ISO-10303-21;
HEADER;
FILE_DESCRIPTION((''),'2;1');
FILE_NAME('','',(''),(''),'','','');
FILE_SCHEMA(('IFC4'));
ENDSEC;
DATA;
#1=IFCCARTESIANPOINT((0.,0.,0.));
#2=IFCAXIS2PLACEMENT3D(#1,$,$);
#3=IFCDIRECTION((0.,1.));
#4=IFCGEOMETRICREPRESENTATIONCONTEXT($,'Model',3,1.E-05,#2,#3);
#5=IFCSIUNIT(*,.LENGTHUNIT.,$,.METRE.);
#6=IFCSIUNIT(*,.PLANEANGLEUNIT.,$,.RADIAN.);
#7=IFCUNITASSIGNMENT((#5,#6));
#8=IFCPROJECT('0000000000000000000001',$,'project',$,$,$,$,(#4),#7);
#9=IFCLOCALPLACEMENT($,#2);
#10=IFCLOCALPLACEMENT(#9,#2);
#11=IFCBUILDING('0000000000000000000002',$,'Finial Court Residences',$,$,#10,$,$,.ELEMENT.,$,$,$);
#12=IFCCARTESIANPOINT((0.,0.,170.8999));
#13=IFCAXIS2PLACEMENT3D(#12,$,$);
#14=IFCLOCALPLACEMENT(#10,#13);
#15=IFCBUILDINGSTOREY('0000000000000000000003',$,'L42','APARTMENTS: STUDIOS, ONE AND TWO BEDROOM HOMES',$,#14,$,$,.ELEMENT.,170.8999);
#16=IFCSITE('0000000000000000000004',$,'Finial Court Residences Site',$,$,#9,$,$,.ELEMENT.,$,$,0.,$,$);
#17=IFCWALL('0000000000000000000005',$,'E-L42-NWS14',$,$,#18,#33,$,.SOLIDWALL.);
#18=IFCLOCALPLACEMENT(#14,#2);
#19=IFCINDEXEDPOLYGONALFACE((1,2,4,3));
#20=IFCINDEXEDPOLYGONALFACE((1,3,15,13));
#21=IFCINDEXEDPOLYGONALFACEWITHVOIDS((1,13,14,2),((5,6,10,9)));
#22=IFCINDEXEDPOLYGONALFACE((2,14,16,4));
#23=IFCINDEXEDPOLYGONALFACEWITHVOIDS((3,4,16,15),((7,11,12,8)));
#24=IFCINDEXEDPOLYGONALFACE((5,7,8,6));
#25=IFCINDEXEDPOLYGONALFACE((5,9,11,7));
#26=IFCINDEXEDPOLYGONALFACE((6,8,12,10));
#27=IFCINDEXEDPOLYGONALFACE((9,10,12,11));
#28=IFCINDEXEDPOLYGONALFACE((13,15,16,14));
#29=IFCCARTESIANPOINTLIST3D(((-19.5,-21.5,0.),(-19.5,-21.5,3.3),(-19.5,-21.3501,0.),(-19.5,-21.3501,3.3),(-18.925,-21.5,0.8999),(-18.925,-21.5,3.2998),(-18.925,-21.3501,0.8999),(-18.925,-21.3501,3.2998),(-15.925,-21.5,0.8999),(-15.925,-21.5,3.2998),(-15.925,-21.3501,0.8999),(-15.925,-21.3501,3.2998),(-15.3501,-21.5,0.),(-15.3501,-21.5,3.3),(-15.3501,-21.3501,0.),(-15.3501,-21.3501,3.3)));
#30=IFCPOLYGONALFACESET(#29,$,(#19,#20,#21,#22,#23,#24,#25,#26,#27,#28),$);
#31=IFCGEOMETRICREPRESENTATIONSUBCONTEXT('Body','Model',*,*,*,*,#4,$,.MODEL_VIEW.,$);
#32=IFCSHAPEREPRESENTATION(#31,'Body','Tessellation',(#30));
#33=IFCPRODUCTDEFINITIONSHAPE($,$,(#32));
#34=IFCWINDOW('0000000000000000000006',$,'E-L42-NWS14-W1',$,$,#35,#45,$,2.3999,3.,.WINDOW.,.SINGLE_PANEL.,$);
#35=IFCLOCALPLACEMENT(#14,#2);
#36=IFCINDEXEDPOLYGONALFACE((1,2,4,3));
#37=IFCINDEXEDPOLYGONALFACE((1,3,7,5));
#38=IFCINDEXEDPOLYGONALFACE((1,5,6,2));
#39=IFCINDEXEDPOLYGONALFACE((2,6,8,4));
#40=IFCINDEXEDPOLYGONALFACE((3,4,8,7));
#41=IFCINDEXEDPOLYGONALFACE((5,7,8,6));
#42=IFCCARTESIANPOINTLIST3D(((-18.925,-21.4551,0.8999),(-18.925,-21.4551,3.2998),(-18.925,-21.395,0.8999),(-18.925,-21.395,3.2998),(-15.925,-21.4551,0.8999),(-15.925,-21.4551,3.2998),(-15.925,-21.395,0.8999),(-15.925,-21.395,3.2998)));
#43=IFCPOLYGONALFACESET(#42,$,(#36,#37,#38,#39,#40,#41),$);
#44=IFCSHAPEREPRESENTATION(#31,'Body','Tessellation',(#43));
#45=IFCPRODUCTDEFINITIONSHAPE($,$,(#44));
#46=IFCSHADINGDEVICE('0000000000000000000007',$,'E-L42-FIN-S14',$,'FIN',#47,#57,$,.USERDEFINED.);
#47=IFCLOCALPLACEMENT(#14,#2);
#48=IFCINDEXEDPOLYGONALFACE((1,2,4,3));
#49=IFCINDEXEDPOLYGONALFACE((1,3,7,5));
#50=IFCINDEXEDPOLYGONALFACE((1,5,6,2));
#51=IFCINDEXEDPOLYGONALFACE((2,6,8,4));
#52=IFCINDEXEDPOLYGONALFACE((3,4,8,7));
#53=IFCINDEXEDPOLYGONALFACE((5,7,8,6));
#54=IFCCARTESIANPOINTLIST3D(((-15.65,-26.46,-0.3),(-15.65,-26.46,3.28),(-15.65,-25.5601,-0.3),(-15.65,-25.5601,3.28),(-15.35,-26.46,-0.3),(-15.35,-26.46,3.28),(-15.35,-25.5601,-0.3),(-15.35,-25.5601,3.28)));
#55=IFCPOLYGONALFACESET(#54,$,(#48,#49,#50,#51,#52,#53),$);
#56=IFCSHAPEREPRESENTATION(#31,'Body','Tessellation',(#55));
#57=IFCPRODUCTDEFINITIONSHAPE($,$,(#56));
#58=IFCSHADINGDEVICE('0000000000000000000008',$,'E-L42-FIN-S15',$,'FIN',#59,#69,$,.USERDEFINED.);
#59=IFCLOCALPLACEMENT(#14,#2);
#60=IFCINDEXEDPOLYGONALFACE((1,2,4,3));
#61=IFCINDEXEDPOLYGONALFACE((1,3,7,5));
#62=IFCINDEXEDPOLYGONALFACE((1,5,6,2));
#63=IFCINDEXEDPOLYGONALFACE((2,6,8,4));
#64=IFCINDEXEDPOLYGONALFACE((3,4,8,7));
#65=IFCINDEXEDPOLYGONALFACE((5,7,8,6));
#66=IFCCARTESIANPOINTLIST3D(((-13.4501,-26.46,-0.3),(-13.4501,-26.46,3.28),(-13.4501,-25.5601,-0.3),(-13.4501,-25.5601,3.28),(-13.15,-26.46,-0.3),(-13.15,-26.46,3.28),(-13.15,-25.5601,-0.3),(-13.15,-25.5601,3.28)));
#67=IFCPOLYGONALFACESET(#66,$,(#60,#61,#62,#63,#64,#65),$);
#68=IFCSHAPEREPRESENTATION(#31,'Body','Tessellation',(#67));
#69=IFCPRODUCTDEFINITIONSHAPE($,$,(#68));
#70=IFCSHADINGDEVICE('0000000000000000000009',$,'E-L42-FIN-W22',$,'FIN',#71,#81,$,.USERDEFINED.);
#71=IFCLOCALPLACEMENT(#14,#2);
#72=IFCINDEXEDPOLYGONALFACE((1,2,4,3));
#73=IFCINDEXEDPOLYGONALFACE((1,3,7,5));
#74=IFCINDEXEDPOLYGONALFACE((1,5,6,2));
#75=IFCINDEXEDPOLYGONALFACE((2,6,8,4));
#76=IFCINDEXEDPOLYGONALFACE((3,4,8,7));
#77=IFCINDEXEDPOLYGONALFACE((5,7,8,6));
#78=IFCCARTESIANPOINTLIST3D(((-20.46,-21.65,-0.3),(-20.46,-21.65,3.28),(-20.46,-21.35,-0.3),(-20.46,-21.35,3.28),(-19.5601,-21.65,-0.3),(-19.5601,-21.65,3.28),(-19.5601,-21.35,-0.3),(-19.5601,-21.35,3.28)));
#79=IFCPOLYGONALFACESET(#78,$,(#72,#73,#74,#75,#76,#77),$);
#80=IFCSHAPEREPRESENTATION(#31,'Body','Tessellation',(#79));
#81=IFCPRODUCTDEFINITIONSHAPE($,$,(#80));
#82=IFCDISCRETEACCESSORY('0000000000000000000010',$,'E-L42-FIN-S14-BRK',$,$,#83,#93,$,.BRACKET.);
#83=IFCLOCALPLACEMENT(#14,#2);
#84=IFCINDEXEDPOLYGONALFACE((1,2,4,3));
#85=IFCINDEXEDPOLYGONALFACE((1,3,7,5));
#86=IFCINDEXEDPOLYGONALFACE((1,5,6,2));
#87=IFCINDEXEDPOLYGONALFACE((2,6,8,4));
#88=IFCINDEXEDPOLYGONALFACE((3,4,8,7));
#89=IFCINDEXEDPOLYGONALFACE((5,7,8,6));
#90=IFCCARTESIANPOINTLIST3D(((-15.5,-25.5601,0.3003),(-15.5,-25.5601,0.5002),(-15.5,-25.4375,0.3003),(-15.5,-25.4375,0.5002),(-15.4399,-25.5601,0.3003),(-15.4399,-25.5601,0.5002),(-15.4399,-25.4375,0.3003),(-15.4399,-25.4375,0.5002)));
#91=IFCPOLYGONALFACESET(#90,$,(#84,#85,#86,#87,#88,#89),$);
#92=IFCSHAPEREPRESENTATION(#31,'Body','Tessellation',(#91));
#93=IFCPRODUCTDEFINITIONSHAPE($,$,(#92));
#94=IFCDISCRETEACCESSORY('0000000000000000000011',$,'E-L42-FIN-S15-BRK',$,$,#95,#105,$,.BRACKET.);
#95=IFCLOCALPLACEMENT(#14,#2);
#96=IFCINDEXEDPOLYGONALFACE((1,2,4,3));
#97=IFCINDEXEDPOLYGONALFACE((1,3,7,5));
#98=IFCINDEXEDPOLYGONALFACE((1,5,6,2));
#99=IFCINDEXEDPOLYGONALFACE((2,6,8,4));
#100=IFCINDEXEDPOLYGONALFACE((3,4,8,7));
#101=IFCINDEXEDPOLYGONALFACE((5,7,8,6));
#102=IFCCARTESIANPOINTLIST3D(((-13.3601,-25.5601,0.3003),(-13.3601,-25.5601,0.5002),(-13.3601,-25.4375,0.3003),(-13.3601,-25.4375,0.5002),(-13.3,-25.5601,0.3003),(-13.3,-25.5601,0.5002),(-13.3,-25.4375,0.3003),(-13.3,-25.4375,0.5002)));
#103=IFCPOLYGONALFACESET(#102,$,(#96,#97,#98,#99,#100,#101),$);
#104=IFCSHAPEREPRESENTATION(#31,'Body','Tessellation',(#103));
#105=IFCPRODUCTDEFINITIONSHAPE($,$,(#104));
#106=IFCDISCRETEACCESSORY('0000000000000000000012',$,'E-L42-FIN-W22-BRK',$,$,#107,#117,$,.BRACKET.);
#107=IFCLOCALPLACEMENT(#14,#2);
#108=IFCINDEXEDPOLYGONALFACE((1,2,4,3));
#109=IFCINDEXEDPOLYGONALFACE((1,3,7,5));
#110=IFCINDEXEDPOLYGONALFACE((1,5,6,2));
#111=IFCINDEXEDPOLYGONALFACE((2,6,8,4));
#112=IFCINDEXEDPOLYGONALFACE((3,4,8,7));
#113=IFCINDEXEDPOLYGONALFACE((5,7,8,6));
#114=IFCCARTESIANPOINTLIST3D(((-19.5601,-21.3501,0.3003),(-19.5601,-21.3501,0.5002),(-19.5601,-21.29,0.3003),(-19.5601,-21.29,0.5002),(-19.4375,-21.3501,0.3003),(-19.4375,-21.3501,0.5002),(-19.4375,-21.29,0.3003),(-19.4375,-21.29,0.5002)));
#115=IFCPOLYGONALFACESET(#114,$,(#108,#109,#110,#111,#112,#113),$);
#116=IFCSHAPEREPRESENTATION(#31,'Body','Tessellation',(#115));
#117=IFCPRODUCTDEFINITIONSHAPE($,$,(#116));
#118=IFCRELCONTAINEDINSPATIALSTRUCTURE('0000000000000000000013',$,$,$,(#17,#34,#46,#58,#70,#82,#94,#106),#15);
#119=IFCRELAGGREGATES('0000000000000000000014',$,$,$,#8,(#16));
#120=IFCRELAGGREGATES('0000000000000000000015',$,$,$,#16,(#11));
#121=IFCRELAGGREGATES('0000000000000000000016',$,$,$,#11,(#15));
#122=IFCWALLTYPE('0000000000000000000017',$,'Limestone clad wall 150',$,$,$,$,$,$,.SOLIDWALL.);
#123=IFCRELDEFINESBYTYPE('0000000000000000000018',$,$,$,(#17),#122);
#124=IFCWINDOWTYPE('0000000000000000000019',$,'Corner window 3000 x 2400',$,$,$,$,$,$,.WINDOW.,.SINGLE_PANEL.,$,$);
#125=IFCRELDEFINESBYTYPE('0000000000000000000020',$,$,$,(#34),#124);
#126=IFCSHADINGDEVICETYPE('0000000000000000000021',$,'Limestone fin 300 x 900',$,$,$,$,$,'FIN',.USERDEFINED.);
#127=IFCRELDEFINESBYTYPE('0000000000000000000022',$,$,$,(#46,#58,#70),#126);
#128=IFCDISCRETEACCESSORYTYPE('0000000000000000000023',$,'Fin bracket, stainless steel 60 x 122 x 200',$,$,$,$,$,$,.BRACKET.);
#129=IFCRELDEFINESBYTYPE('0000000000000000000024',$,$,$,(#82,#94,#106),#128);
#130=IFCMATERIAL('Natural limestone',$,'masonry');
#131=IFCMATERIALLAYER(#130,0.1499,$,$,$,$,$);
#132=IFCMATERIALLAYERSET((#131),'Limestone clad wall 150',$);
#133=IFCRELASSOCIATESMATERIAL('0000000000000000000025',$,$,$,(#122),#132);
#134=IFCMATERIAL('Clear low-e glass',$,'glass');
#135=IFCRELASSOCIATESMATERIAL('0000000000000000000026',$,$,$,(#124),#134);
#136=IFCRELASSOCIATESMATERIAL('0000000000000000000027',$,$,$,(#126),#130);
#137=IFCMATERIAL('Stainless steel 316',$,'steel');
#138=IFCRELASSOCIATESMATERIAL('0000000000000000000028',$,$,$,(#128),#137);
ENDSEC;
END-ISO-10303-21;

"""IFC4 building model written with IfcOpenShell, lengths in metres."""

from ifc_helpers import new_model, si_unit, direction, frame, frame_2d, origin, origin_2d, place, context, subcontext, project, spatial, rectangle, extrude, material, layer, layer_set, type_object, element, fill, save


model = new_model("IFC4")

# Units and contexts
model_context = context("Model", 3, precision=1e-05, world=origin(), true_north=direction((0.0, 1.0)))
body_context = subcontext(model_context, "Body", "Model", "MODEL_VIEW")
ifc_project = project(units=[si_unit("LENGTHUNIT", "METRE"), si_unit("PLANEANGLEUNIT", "RADIAN")], contexts=[model_context])

# Site, building, storey
site_placement = place(None, origin())
site = spatial("IfcSite", under=ifc_project, at=site_placement, Name="Finial Court Residences Site", CompositionType="ELEMENT", RefElevation=0.0)
building_placement = place(site_placement, origin())
building = spatial("IfcBuilding", under=site, at=building_placement, Name="Finial Court Residences", CompositionType="ELEMENT")
storey_placement = place(building_placement, frame((0.0, 0.0, 170.8999)))
storey = spatial("IfcBuildingStorey", under=building, at=storey_placement, Name="L42", Description="APARTMENTS: STUDIOS, ONE AND TWO BEDROOM HOMES", CompositionType="ELEMENT", Elevation=170.8999)

# Shared definitions
ifc_material_1 = material(Name="Clear low-e glass", Category="glass")

# Wall, opening, window
ifc_material_2 = material(Name="Natural limestone", Category="masonry")
ifc_layer_1 = layer(ifc_material_2, 0.1499)
ifc_layer_set_1 = layer_set([ifc_layer_1], Name="Limestone clad wall 150")
wall_type_1 = type_object("IfcWallType", Name="Limestone clad wall 150", PredefinedType="SOLIDWALL", material=ifc_layer_set_1)
wall_1_placement = place(storey_placement, frame((-15.3501, -21.425, 0.0), z_axis=(0.0, 0.0, 1.0), x_axis=(-1.0, 0.0, 0.0)))
wall_1 = element("IfcWall", 1, at=wall_1_placement, inside=storey, type_object=wall_type_1, Name="E-L42-NWS14", PredefinedType="SOLIDWALL", context=body_context, shape_type="SweptSolid", body=[
    extrude(rectangle(XDim=4.1499, YDim=0.1499, at=frame_2d((2.075, 0.0))), origin(), (0.0, 0.0, 1.0), 3.3),
])
opening_1_placement = place(wall_1_placement, frame((0.575, 0.0, 0.8999)))
opening_1 = element("IfcOpeningElement", 2, at=opening_1_placement, cuts=wall_1, PredefinedType="OPENING", context=body_context, shape_type="SweptSolid", body=[
    extrude(rectangle(XDim=3.0, YDim=2.3999, at=frame_2d((1.5, 1.2))), frame((0.0, 0.085, 0.0), z_axis=(0.0, -1.0, 0.0), x_axis=(1.0, 0.0, 0.0)), (0.0, 0.0, 1.0), 0.1699),
])
window_type_1 = type_object("IfcWindowType", Name="Corner window 3000 x 2400", PartitioningType="SINGLE_PANEL", PredefinedType="WINDOW", material=ifc_material_1)
window_1_placement = place(opening_1_placement, origin())
window_1 = element("IfcWindow", 3, at=window_1_placement, inside=storey, type_object=window_type_1, Name="E-L42-NWS14-W1", OverallHeight=2.3999, OverallWidth=3.0, PartitioningType="SINGLE_PANEL", PredefinedType="WINDOW", context=body_context, shape_type="SweptSolid", body=[
    extrude(rectangle(XDim=3.0, YDim=2.3999, at=frame_2d((1.5, 1.2))), frame((0.0, 0.03, 0.0), z_axis=(0.0, -1.0, 0.0), x_axis=(1.0, 0.0, 0.0)), (0.0, 0.0, 1.0), 0.0601),
])
fill(opening_1, window_1)

# Shading devices
shading_device_type = type_object("IfcShadingDeviceType", Name="Limestone fin 300 x 900", ElementType="FIN", PredefinedType="USERDEFINED", material=ifc_material_2)
for number, where, z_axis, x_axis, name in (
    (4, (-15.5, -26.01, -0.3), (0.0, 0.0, 1.0), (1.0, 0.0, 0.0), "E-L42-FIN-S14"),
    (5, (-13.3, -26.01, -0.3), (0.0, 0.0, 1.0), (1.0, 0.0, 0.0), "E-L42-FIN-S15"),
):
    element("IfcShadingDevice", number, at=place(storey_placement, frame(where, z_axis=z_axis, x_axis=x_axis)), inside=storey, type_object=shading_device_type, Name=name, ObjectType="FIN", PredefinedType="USERDEFINED", context=body_context, shape_type="SweptSolid", body=[
        extrude(rectangle(XDim=0.3, YDim=0.8999, at=origin_2d()), origin(), (0.0, 0.0, 1.0), 3.5801),
    ])
shading_device_placement = place(storey_placement, frame((-20.01, -21.5, -0.3), z_axis=(0.0, 0.0, 1.0), x_axis=(1.0, 0.0, 0.0)))
element("IfcShadingDevice", 6, at=shading_device_placement, inside=storey, type_object=shading_device_type, Name="E-L42-FIN-W22", ObjectType="FIN", PredefinedType="USERDEFINED", context=body_context, shape_type="SweptSolid", body=[
    extrude(rectangle(XDim=0.8999, YDim=0.3, at=origin_2d()), origin(), (0.0, 0.0, 1.0), 3.5801),
])

# Discrete accessories
ifc_material_3 = material(Name="Stainless steel 316", Category="steel")
discrete_accessory_type = type_object("IfcDiscreteAccessoryType", Name="Fin bracket, stainless steel 60 x 122 x 200", PredefinedType="BRACKET", material=ifc_material_3)
for number, where, z_axis, x_axis, name in (
    (7, (-15.47, -25.4988, 0.3003), (0.0, 0.0, 1.0), (1.0, 0.0, 0.0), "E-L42-FIN-S14-BRK"),
    (8, (-13.3301, -25.4988, 0.3003), (0.0, 0.0, 1.0), (1.0, 0.0, 0.0), "E-L42-FIN-S15-BRK"),
):
    element("IfcDiscreteAccessory", number, at=place(storey_placement, frame(where, z_axis=z_axis, x_axis=x_axis)), inside=storey, type_object=discrete_accessory_type, Name=name, PredefinedType="BRACKET", context=body_context, shape_type="SweptSolid", body=[
        extrude(rectangle(XDim=0.0601, YDim=0.1226, at=origin_2d()), origin(), (0.0, 0.0, 1.0), 0.2),
    ])
discrete_accessory_placement = place(storey_placement, frame((-19.4988, -21.3201, 0.3003), z_axis=(0.0, 0.0, 1.0), x_axis=(1.0, 0.0, 0.0)))
element("IfcDiscreteAccessory", 9, at=discrete_accessory_placement, inside=storey, type_object=discrete_accessory_type, Name="E-L42-FIN-W22-BRK", PredefinedType="BRACKET", context=body_context, shape_type="SweptSolid", body=[
    extrude(rectangle(XDim=0.1226, YDim=0.0601, at=origin_2d()), origin(), (0.0, 0.0, 1.0), 0.2),
])

save(model, "model.ifc")
